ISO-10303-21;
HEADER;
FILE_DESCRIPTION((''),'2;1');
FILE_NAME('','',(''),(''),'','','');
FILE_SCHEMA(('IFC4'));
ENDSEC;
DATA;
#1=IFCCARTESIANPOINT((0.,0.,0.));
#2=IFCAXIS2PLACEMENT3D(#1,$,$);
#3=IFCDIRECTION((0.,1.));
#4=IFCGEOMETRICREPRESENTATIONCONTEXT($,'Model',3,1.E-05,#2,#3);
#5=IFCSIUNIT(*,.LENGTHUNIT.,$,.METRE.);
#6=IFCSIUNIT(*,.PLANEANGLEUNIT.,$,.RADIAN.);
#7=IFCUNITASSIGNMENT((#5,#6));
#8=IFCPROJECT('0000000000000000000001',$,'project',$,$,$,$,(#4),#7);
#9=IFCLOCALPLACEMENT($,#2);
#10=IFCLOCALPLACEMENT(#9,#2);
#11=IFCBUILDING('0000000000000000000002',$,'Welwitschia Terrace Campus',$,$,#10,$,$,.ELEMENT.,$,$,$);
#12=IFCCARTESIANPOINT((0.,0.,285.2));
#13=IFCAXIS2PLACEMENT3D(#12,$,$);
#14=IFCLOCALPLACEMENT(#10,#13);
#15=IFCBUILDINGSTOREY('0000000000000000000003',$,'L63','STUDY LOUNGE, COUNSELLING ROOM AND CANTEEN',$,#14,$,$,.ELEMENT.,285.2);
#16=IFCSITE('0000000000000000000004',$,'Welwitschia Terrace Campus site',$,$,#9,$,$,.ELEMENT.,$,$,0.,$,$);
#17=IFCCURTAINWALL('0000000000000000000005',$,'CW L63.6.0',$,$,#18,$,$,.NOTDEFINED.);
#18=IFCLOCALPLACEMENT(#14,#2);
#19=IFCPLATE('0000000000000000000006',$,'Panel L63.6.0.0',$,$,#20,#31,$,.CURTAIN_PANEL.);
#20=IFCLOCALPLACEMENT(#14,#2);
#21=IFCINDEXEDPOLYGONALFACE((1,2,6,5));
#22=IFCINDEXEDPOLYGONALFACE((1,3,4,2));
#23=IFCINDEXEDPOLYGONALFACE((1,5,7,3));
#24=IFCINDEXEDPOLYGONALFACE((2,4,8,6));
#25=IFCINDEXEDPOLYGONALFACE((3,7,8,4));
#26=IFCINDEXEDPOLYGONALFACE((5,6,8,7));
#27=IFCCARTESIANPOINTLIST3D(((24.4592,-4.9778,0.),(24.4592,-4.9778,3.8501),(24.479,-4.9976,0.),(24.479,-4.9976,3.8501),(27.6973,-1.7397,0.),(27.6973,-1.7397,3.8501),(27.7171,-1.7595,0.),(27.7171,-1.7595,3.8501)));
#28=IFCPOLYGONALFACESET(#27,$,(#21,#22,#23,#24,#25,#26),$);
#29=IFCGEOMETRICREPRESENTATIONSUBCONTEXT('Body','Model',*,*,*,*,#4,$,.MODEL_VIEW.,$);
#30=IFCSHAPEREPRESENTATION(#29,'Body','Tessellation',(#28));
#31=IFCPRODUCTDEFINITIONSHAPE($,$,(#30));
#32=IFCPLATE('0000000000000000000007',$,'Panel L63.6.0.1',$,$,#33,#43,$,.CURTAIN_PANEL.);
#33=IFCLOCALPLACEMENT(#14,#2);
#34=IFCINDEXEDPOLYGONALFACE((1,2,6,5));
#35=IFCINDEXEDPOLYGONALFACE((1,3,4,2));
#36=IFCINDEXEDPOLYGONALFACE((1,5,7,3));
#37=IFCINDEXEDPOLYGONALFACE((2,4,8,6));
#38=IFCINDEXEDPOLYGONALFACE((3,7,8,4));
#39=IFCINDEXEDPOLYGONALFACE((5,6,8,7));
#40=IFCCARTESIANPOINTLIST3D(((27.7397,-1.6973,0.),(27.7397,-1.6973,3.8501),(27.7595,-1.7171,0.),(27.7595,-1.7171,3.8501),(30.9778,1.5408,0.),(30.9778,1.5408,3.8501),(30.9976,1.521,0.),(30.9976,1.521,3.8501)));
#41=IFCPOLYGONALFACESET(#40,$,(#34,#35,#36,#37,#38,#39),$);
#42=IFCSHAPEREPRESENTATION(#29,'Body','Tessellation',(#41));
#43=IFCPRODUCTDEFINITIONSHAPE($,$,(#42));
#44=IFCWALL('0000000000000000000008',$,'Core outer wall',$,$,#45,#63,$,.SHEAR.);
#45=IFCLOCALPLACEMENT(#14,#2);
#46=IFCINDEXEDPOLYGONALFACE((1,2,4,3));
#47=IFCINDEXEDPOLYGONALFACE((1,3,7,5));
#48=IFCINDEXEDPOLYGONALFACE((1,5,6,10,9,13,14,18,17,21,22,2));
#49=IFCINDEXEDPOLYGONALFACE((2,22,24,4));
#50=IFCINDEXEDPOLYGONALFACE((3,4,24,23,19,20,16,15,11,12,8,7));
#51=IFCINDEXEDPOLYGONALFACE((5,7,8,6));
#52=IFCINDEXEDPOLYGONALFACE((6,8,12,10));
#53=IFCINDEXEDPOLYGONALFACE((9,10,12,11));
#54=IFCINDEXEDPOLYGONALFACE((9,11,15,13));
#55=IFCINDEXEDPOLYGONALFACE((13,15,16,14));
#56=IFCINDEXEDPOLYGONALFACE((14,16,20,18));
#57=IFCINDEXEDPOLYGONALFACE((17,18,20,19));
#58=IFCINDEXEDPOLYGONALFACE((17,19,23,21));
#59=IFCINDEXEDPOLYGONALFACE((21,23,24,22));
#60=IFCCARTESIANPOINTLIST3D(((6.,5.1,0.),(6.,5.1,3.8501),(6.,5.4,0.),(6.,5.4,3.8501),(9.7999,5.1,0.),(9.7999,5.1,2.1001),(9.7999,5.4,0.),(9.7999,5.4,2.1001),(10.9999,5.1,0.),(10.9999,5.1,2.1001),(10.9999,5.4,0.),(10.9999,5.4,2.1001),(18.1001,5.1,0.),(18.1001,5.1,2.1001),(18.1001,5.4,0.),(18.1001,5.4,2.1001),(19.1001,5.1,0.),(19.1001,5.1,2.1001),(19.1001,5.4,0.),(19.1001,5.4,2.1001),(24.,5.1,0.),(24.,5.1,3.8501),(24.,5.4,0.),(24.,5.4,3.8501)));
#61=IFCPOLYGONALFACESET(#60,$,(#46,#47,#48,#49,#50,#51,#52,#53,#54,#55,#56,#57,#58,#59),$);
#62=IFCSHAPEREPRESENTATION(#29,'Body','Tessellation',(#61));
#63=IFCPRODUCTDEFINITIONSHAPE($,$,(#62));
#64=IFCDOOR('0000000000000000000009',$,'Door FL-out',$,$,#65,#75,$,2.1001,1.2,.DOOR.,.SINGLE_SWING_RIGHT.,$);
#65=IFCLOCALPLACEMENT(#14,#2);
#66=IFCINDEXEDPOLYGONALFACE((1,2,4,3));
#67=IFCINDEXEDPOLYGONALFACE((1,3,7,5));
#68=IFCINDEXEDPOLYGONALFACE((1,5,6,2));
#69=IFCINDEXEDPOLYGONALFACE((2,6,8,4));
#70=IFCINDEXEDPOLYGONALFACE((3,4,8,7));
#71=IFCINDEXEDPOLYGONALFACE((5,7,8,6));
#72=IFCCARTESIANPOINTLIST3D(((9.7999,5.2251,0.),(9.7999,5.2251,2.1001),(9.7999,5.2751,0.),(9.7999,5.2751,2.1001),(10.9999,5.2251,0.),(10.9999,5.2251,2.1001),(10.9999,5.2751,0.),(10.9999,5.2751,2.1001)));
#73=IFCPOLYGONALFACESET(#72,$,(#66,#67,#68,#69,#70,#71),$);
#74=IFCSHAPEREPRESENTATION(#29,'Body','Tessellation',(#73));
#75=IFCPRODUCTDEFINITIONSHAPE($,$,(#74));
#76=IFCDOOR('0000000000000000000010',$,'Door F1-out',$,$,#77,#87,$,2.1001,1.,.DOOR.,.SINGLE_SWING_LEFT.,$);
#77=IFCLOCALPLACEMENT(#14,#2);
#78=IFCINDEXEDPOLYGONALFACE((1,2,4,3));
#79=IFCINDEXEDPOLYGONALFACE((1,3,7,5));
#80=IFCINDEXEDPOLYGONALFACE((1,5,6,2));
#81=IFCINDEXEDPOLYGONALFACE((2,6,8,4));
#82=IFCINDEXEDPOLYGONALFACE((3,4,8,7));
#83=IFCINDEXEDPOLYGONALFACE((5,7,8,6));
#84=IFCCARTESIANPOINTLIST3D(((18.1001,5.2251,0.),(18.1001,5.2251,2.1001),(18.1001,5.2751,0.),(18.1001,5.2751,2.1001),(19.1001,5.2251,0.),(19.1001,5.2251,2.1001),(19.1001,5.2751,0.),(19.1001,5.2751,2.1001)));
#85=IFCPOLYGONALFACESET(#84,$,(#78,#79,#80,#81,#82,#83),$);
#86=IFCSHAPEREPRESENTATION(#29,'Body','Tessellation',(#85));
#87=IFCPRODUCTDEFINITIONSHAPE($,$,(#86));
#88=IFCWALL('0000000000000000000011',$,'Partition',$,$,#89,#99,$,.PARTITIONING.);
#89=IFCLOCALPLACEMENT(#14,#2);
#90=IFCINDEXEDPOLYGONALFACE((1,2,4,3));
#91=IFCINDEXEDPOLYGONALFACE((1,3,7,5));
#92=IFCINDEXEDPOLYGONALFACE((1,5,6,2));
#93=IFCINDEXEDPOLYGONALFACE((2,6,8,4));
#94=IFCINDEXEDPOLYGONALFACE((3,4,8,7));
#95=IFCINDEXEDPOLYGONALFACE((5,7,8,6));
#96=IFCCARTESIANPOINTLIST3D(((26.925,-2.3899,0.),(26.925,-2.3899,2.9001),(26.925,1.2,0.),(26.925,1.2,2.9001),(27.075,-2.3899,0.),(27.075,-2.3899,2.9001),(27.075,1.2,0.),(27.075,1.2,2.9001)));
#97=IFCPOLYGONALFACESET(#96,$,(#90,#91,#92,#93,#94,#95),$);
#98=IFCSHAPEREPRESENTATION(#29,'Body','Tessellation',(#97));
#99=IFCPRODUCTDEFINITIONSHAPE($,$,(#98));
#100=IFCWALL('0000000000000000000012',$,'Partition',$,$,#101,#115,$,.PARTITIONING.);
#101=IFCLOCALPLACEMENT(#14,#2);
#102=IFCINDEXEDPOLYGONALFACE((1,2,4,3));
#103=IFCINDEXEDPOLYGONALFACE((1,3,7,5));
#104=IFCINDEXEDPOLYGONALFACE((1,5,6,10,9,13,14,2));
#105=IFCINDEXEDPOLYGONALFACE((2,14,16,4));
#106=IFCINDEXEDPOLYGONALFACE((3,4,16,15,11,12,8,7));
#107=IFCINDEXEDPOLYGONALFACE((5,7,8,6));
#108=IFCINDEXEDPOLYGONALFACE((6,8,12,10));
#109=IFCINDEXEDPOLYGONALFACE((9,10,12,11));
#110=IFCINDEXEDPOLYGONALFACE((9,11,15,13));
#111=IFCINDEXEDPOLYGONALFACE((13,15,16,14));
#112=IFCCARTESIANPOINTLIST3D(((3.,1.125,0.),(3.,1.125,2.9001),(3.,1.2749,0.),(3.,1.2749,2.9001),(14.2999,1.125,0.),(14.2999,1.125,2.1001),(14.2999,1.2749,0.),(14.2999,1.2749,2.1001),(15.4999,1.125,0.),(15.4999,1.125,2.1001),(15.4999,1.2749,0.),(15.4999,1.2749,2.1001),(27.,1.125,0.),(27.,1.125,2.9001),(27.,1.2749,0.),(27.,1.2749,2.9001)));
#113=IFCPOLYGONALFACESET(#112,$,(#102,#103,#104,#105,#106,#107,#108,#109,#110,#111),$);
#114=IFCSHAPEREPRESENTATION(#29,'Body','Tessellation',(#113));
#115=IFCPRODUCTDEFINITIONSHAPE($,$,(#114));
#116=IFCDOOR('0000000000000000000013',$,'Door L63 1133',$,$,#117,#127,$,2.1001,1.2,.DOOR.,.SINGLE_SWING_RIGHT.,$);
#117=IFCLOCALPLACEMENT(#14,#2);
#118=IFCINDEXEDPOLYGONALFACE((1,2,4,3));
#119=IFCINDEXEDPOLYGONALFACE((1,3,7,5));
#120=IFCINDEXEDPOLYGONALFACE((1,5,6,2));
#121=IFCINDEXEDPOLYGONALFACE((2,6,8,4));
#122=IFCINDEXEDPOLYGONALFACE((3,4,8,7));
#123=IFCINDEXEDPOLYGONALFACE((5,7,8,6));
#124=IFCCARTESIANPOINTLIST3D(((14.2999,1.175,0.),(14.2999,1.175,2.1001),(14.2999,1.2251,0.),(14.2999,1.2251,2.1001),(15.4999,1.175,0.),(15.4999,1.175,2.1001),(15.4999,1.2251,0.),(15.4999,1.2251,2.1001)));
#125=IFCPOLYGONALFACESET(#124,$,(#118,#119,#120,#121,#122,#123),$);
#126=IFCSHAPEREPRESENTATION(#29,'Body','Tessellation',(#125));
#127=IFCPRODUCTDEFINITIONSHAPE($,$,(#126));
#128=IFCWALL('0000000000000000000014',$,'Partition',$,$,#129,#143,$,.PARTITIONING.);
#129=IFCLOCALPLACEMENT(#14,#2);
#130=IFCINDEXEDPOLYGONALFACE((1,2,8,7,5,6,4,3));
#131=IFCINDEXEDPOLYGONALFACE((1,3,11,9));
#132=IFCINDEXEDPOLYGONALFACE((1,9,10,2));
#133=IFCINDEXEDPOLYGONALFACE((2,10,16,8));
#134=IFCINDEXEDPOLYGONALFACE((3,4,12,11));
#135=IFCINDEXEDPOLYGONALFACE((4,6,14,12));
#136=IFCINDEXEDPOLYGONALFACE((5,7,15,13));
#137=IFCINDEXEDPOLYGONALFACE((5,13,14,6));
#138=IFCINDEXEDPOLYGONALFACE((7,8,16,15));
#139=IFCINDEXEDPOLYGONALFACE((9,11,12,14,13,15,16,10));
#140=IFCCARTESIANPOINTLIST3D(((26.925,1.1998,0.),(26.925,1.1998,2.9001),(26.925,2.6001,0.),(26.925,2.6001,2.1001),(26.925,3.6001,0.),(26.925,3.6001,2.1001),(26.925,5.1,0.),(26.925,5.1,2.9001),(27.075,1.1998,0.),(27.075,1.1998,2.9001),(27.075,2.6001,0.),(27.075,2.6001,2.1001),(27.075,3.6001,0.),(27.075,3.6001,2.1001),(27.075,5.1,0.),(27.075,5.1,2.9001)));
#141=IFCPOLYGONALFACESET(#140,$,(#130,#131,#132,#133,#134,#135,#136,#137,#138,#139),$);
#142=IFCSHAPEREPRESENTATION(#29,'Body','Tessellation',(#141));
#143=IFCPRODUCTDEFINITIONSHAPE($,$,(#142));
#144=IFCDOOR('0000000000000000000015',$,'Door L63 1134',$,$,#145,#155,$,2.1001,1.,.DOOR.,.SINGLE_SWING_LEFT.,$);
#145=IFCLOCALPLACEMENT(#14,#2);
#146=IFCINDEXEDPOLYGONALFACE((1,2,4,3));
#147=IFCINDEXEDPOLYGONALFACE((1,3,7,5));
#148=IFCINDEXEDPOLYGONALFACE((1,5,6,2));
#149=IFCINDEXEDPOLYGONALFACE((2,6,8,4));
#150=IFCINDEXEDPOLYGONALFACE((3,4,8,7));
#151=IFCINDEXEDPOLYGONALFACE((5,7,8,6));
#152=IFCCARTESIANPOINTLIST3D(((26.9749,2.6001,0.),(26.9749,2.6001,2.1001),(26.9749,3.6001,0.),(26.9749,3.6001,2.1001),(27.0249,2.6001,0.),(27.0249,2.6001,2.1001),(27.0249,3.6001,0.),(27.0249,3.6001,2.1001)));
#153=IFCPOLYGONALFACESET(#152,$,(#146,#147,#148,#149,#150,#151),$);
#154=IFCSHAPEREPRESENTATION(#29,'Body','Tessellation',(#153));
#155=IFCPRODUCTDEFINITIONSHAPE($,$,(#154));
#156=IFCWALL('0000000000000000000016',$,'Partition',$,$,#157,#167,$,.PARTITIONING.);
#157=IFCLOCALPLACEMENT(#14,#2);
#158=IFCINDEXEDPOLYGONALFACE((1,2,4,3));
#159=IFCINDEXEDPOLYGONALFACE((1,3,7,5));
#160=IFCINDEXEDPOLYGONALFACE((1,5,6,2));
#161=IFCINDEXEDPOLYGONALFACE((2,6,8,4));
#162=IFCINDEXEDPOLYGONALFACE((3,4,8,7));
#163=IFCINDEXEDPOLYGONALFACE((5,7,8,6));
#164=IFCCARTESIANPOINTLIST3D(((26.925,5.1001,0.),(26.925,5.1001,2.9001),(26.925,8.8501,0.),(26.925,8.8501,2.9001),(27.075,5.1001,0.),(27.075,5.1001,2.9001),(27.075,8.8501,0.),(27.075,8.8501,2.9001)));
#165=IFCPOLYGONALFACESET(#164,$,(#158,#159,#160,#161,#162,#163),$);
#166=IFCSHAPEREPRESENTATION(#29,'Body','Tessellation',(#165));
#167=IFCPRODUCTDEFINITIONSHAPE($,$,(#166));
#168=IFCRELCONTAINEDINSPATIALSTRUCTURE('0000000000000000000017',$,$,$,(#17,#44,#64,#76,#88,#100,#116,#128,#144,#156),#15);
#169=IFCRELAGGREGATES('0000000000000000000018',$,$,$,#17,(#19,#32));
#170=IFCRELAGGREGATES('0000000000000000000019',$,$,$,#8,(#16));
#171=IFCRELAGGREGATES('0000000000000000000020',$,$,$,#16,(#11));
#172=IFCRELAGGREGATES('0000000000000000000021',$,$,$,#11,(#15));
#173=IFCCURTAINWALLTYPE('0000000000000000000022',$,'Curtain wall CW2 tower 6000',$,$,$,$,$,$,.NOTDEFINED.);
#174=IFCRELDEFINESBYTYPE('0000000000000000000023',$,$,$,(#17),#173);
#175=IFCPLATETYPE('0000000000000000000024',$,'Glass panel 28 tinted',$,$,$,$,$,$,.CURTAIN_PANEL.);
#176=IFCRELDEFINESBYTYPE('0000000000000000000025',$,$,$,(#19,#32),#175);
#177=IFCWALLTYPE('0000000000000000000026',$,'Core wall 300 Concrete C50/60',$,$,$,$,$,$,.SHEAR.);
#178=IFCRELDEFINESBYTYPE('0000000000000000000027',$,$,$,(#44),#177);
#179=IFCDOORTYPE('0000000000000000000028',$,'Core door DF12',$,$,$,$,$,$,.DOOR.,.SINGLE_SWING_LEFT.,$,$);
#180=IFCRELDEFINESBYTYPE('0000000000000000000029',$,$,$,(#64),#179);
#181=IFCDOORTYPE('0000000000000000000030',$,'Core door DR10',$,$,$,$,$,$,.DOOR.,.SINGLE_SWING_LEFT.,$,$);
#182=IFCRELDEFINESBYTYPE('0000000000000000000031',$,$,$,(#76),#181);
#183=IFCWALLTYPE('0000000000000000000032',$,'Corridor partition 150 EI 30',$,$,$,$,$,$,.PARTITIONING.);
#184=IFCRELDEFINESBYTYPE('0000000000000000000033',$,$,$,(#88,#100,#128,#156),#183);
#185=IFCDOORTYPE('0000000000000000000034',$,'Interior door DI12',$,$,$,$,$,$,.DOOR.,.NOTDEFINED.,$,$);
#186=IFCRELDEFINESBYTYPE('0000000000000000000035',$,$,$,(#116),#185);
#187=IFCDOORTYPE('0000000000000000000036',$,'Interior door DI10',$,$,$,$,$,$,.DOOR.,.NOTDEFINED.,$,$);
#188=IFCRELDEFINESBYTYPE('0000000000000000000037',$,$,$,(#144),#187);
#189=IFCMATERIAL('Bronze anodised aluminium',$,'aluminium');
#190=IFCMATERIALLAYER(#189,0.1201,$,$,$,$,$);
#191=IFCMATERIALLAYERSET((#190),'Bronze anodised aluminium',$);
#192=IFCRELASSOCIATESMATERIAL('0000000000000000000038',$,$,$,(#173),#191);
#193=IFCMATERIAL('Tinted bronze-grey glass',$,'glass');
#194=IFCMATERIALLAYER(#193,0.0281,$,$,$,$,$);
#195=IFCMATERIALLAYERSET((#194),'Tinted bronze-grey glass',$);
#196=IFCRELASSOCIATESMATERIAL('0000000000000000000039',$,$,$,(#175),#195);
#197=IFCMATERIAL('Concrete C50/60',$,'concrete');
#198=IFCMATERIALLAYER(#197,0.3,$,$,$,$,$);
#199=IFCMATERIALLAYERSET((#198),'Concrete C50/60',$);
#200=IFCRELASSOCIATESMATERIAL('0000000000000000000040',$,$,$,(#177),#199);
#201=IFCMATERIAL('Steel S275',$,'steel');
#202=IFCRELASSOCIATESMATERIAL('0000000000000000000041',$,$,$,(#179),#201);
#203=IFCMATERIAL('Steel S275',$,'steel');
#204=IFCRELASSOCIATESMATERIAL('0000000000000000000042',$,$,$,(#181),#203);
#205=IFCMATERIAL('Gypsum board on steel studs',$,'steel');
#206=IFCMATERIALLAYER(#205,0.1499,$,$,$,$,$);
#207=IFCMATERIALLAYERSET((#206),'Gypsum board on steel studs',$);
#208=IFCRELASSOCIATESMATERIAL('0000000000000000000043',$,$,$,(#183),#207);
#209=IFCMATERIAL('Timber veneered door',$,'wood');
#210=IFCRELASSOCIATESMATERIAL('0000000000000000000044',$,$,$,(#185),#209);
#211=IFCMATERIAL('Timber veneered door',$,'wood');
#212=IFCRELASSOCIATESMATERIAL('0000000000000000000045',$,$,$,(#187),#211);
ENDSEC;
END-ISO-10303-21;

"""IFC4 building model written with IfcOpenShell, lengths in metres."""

from ifc_helpers import new_model, si_unit, direction, frame, frame_2d, origin, origin_2d, place, context, subcontext, project, spatial, rectangle, extrude, material, layer, layer_set, type_object, element, fill, aggregate, save


model = new_model("IFC4")

# Units and contexts
model_context = context("Model", 3, precision=1e-05, world=origin(), true_north=direction((0.0, 1.0)))
body_context = subcontext(model_context, "Body", "Model", "MODEL_VIEW")
ifc_project = project(units=[si_unit("LENGTHUNIT", "METRE"), si_unit("PLANEANGLEUNIT", "RADIAN")], contexts=[model_context])

# Site, building, storey
site_placement = place(None, origin())
site = spatial("IfcSite", under=ifc_project, at=site_placement, Name="Welwitschia Terrace Campus site", CompositionType="ELEMENT", RefElevation=0.0)
building_placement = place(site_placement, origin())
building = spatial("IfcBuilding", under=site, at=building_placement, Name="Welwitschia Terrace Campus", CompositionType="ELEMENT")
storey_placement = place(building_placement, frame((0.0, 0.0, 285.2)))
storey = spatial("IfcBuildingStorey", under=building, at=storey_placement, Name="L63", Description="STUDY LOUNGE, COUNSELLING ROOM AND CANTEEN", CompositionType="ELEMENT", Elevation=285.2)

# Shared definitions
ifc_material_1 = material(Name="Bronze anodised aluminium", Category="aluminium")
ifc_layer_1 = layer(ifc_material_1, 0.1201)
ifc_layer_set_1 = layer_set([ifc_layer_1], Name="Bronze anodised aluminium")
curtain_wall_type = type_object("IfcCurtainWallType", Name="Curtain wall CW2 tower 6000", PredefinedType="NOTDEFINED", material=ifc_layer_set_1)

# Curtain wall
curtain_wall_1_placement = place(storey_placement, origin())
curtain_wall_1 = element("IfcCurtainWall", 1, at=curtain_wall_1_placement, inside=storey, type_object=curtain_wall_type, Name="CW L63.6.0", PredefinedType="NOTDEFINED")

# Plates
ifc_material_2 = material(Name="Tinted bronze-grey glass", Category="glass")
ifc_layer_2 = layer(ifc_material_2, 0.0281)
ifc_layer_set_2 = layer_set([ifc_layer_2], Name="Tinted bronze-grey glass")
plate_type = type_object("IfcPlateType", Name="Glass panel 28 tinted", PredefinedType="CURTAIN_PANEL", material=ifc_layer_set_2)
plate_1_placement = place(storey_placement, frame((26.0881, -3.3687, 0.0), z_axis=(0.0, 0.0, 1.0), x_axis=(0.707107, 0.707107, 0.0)))
plate_1 = element("IfcPlate", 2, at=plate_1_placement, type_object=plate_type, Name="Panel L63.6.0.0", PredefinedType="CURTAIN_PANEL", context=body_context, shape_type="SweptSolid", body=[
    extrude(rectangle(XDim=4.5793, YDim=0.0281, at=origin_2d()), origin(), (0.0, 0.0, 1.0), 3.8501),
])
plate_2_placement = place(storey_placement, frame((29.3687, -0.0881, 0.0), z_axis=(0.0, 0.0, 1.0), x_axis=(0.707107, 0.707107, 0.0)))
plate_2 = element("IfcPlate", 3, at=plate_2_placement, type_object=plate_type, Name="Panel L63.6.0.1", PredefinedType="CURTAIN_PANEL", context=body_context, shape_type="SweptSolid", body=[
    extrude(rectangle(XDim=4.5793, YDim=0.0281, at=origin_2d()), origin(), (0.0, 0.0, 1.0), 3.8501),
])
aggregate(curtain_wall_1, [plate_1, plate_2])

# Wall, openings, doors
ifc_material_3 = material(Name="Concrete C50/60", Category="concrete")
ifc_layer_3 = layer(ifc_material_3, 0.3)
ifc_layer_set_3 = layer_set([ifc_layer_3], Name="Concrete C50/60")
wall_type_1 = type_object("IfcWallType", Name="Core wall 300 Concrete C50/60", PredefinedType="SHEAR", material=ifc_layer_set_3)
wall_1_placement = place(storey_placement, frame((24.0, 5.25, 0.0), z_axis=(0.0, 0.0, 1.0), x_axis=(-1.0, 0.0, 0.0)))
wall_1 = element("IfcWall", 4, at=wall_1_placement, inside=storey, type_object=wall_type_1, Name="Core outer wall", PredefinedType="SHEAR", context=body_context, shape_type="SweptSolid", body=[
    extrude(rectangle(XDim=18.0, YDim=0.3, at=frame_2d((9.0, 0.0))), origin(), (0.0, 0.0, 1.0), 3.8501),
])
opening_1_placement = place(wall_1_placement, frame((13.0, 0.0, 0.0)))
opening_1 = element("IfcOpeningElement", 5, at=opening_1_placement, cuts=wall_1, PredefinedType="OPENING", context=body_context, shape_type="SweptSolid", body=[
    extrude(rectangle(XDim=1.2, YDim=2.1001, at=frame_2d((0.6001, 1.05))), frame((0.0, 0.1599, 0.0), z_axis=(0.0, -1.0, 0.0), x_axis=(1.0, 0.0, 0.0)), (0.0, 0.0, 1.0), 0.3201),
])
opening_2_placement = place(wall_1_placement, frame((4.8999, 0.0, 0.0)))
opening_2 = element("IfcOpeningElement", 6, at=opening_2_placement, cuts=wall_1, PredefinedType="OPENING", context=body_context, shape_type="SweptSolid", body=[
    extrude(rectangle(XDim=1.0, YDim=2.1001, at=frame_2d((0.5, 1.05))), frame((0.0, 0.1599, 0.0), z_axis=(0.0, -1.0, 0.0), x_axis=(1.0, 0.0, 0.0)), (0.0, 0.0, 1.0), 0.3201),
])
ifc_material_4 = material(Name="Steel S275", Category="steel")
door_type_1 = type_object("IfcDoorType", Name="Core door DF12", OperationType="SINGLE_SWING_LEFT", PredefinedType="DOOR", material=ifc_material_4)
door_1_placement = place(opening_1_placement, origin())
door_1 = element("IfcDoor", 7, at=door_1_placement, inside=storey, type_object=door_type_1, Name="Door FL-out", OperationType="SINGLE_SWING_RIGHT", OverallHeight=2.1001, OverallWidth=1.2, PredefinedType="DOOR", context=body_context, shape_type="SweptSolid", body=[
    extrude(rectangle(XDim=1.2, YDim=2.1001, at=frame_2d((0.6001, 1.05))), frame((0.0, 0.0249, 0.0), z_axis=(0.0, -1.0, 0.0), x_axis=(1.0, 0.0, 0.0)), (0.0, 0.0, 1.0), 0.05),
])
fill(opening_1, door_1)
ifc_material_5 = material(Name="Steel S275", Category="steel")
door_type_2 = type_object("IfcDoorType", Name="Core door DR10", OperationType="SINGLE_SWING_LEFT", PredefinedType="DOOR", material=ifc_material_5)
door_2_placement = place(opening_2_placement, origin())
door_2 = element("IfcDoor", 8, at=door_2_placement, inside=storey, type_object=door_type_2, Name="Door F1-out", OperationType="SINGLE_SWING_LEFT", OverallHeight=2.1001, OverallWidth=1.0, PredefinedType="DOOR", context=body_context, shape_type="SweptSolid", body=[
    extrude(rectangle(XDim=1.0, YDim=2.1001, at=frame_2d((0.5, 1.05))), frame((0.0, 0.0249, 0.0), z_axis=(0.0, -1.0, 0.0), x_axis=(1.0, 0.0, 0.0)), (0.0, 0.0, 1.0), 0.05),
])
fill(opening_2, door_2)

# Wall
ifc_material_6 = material(Name="Gypsum board on steel studs", Category="steel")
ifc_layer_4 = layer(ifc_material_6, 0.1499)
ifc_layer_set_4 = layer_set([ifc_layer_4], Name="Gypsum board on steel studs")
wall_type_2 = type_object("IfcWallType", Name="Corridor partition 150 EI 30", PredefinedType="PARTITIONING", material=ifc_layer_set_4)
wall_2_placement = place(storey_placement, frame((27.0, -2.3899, 0.0), z_axis=(0.0, 0.0, 1.0), x_axis=(0.0, 1.0, 0.0)))
element("IfcWall", 9, at=wall_2_placement, inside=storey, type_object=wall_type_2, Name="Partition", PredefinedType="PARTITIONING", context=body_context, shape_type="SweptSolid", body=[
    extrude(rectangle(XDim=3.5898, YDim=0.1499, at=frame_2d((1.7949, 0.0))), origin(), (0.0, 0.0, 1.0), 2.9001),
])

# Walls, openings, doors
wall_3_placement = place(storey_placement, frame((27.0, 1.2, 0.0), z_axis=(0.0, 0.0, 1.0), x_axis=(-1.0, 0.0, 0.0)))
wall_3 = element("IfcWall", 10, at=wall_3_placement, inside=storey, type_object=wall_type_2, Name="Partition", PredefinedType="PARTITIONING", context=body_context, shape_type="SweptSolid", body=[
    extrude(rectangle(XDim=24.0, YDim=0.1499, at=frame_2d((12.0, 0.0))), origin(), (0.0, 0.0, 1.0), 2.9001),
])
opening_3_placement = place(wall_3_placement, frame((11.5, 0.0, 0.0)))
opening_3 = element("IfcOpeningElement", 11, at=opening_3_placement, cuts=wall_3, PredefinedType="OPENING", context=body_context, shape_type="SweptSolid", body=[
    extrude(rectangle(XDim=1.2, YDim=2.1001, at=frame_2d((0.6001, 1.05))), frame((0.0, 0.085, 0.0), z_axis=(0.0, -1.0, 0.0), x_axis=(1.0, 0.0, 0.0)), (0.0, 0.0, 1.0), 0.1699),
])
ifc_material_7 = material(Name="Timber veneered door", Category="wood")
door_type_3 = type_object("IfcDoorType", Name="Interior door DI12", OperationType="NOTDEFINED", PredefinedType="DOOR", material=ifc_material_7)
door_3_placement = place(opening_3_placement, origin())
door_3 = element("IfcDoor", 12, at=door_3_placement, inside=storey, type_object=door_type_3, Name="Door L63 1133", OperationType="SINGLE_SWING_RIGHT", OverallHeight=2.1001, OverallWidth=1.2, PredefinedType="DOOR", context=body_context, shape_type="SweptSolid", body=[
    extrude(rectangle(XDim=1.2, YDim=2.1001, at=frame_2d((0.6001, 1.05))), frame((0.0, 0.0249, 0.0), z_axis=(0.0, -1.0, 0.0), x_axis=(1.0, 0.0, 0.0)), (0.0, 0.0, 1.0), 0.05),
])
fill(opening_3, door_3)
wall_4_placement = place(storey_placement, frame((27.0, 5.1001, 0.0), z_axis=(0.0, 0.0, 1.0), x_axis=(0.0, -1.0, 0.0)))
wall_4 = element("IfcWall", 13, at=wall_4_placement, inside=storey, type_object=wall_type_2, Name="Partition", PredefinedType="PARTITIONING", context=body_context, shape_type="SweptSolid", body=[
    extrude(rectangle(XDim=3.9001, YDim=0.1499, at=frame_2d((1.9502, 0.0))), origin(), (0.0, 0.0, 1.0), 2.9001),
])
opening_4_placement = place(wall_4_placement, frame((1.5, 0.0, 0.0)))
opening_4 = element("IfcOpeningElement", 14, at=opening_4_placement, cuts=wall_4, PredefinedType="OPENING", context=body_context, shape_type="SweptSolid", body=[
    extrude(rectangle(XDim=1.0, YDim=2.1001, at=frame_2d((0.5, 1.05))), frame((0.0, 0.085, 0.0), z_axis=(0.0, -1.0, 0.0), x_axis=(1.0, 0.0, 0.0)), (0.0, 0.0, 1.0), 0.1699),
])
ifc_material_8 = material(Name="Timber veneered door", Category="wood")
door_type_4 = type_object("IfcDoorType", Name="Interior door DI10", OperationType="NOTDEFINED", PredefinedType="DOOR", material=ifc_material_8)
door_4_placement = place(opening_4_placement, origin())
door_4 = element("IfcDoor", 15, at=door_4_placement, inside=storey, type_object=door_type_4, Name="Door L63 1134", OperationType="SINGLE_SWING_LEFT", OverallHeight=2.1001, OverallWidth=1.0, PredefinedType="DOOR", context=body_context, shape_type="SweptSolid", body=[
    extrude(rectangle(XDim=1.0, YDim=2.1001, at=frame_2d((0.5, 1.05))), frame((0.0, 0.0249, 0.0), z_axis=(0.0, -1.0, 0.0), x_axis=(1.0, 0.0, 0.0)), (0.0, 0.0, 1.0), 0.05),
])
fill(opening_4, door_4)

# Wall
wall_5_placement = place(storey_placement, frame((27.0, 5.1001, 0.0), z_axis=(0.0, 0.0, 1.0), x_axis=(0.0, 1.0, 0.0)))
element("IfcWall", 16, at=wall_5_placement, inside=storey, type_object=wall_type_2, Name="Partition", PredefinedType="PARTITIONING", context=body_context, shape_type="SweptSolid", body=[
    extrude(rectangle(XDim=3.75, YDim=0.1499, at=frame_2d((1.875, 0.0))), origin(), (0.0, 0.0, 1.0), 2.9001),
])

save(model, "model.ifc")
